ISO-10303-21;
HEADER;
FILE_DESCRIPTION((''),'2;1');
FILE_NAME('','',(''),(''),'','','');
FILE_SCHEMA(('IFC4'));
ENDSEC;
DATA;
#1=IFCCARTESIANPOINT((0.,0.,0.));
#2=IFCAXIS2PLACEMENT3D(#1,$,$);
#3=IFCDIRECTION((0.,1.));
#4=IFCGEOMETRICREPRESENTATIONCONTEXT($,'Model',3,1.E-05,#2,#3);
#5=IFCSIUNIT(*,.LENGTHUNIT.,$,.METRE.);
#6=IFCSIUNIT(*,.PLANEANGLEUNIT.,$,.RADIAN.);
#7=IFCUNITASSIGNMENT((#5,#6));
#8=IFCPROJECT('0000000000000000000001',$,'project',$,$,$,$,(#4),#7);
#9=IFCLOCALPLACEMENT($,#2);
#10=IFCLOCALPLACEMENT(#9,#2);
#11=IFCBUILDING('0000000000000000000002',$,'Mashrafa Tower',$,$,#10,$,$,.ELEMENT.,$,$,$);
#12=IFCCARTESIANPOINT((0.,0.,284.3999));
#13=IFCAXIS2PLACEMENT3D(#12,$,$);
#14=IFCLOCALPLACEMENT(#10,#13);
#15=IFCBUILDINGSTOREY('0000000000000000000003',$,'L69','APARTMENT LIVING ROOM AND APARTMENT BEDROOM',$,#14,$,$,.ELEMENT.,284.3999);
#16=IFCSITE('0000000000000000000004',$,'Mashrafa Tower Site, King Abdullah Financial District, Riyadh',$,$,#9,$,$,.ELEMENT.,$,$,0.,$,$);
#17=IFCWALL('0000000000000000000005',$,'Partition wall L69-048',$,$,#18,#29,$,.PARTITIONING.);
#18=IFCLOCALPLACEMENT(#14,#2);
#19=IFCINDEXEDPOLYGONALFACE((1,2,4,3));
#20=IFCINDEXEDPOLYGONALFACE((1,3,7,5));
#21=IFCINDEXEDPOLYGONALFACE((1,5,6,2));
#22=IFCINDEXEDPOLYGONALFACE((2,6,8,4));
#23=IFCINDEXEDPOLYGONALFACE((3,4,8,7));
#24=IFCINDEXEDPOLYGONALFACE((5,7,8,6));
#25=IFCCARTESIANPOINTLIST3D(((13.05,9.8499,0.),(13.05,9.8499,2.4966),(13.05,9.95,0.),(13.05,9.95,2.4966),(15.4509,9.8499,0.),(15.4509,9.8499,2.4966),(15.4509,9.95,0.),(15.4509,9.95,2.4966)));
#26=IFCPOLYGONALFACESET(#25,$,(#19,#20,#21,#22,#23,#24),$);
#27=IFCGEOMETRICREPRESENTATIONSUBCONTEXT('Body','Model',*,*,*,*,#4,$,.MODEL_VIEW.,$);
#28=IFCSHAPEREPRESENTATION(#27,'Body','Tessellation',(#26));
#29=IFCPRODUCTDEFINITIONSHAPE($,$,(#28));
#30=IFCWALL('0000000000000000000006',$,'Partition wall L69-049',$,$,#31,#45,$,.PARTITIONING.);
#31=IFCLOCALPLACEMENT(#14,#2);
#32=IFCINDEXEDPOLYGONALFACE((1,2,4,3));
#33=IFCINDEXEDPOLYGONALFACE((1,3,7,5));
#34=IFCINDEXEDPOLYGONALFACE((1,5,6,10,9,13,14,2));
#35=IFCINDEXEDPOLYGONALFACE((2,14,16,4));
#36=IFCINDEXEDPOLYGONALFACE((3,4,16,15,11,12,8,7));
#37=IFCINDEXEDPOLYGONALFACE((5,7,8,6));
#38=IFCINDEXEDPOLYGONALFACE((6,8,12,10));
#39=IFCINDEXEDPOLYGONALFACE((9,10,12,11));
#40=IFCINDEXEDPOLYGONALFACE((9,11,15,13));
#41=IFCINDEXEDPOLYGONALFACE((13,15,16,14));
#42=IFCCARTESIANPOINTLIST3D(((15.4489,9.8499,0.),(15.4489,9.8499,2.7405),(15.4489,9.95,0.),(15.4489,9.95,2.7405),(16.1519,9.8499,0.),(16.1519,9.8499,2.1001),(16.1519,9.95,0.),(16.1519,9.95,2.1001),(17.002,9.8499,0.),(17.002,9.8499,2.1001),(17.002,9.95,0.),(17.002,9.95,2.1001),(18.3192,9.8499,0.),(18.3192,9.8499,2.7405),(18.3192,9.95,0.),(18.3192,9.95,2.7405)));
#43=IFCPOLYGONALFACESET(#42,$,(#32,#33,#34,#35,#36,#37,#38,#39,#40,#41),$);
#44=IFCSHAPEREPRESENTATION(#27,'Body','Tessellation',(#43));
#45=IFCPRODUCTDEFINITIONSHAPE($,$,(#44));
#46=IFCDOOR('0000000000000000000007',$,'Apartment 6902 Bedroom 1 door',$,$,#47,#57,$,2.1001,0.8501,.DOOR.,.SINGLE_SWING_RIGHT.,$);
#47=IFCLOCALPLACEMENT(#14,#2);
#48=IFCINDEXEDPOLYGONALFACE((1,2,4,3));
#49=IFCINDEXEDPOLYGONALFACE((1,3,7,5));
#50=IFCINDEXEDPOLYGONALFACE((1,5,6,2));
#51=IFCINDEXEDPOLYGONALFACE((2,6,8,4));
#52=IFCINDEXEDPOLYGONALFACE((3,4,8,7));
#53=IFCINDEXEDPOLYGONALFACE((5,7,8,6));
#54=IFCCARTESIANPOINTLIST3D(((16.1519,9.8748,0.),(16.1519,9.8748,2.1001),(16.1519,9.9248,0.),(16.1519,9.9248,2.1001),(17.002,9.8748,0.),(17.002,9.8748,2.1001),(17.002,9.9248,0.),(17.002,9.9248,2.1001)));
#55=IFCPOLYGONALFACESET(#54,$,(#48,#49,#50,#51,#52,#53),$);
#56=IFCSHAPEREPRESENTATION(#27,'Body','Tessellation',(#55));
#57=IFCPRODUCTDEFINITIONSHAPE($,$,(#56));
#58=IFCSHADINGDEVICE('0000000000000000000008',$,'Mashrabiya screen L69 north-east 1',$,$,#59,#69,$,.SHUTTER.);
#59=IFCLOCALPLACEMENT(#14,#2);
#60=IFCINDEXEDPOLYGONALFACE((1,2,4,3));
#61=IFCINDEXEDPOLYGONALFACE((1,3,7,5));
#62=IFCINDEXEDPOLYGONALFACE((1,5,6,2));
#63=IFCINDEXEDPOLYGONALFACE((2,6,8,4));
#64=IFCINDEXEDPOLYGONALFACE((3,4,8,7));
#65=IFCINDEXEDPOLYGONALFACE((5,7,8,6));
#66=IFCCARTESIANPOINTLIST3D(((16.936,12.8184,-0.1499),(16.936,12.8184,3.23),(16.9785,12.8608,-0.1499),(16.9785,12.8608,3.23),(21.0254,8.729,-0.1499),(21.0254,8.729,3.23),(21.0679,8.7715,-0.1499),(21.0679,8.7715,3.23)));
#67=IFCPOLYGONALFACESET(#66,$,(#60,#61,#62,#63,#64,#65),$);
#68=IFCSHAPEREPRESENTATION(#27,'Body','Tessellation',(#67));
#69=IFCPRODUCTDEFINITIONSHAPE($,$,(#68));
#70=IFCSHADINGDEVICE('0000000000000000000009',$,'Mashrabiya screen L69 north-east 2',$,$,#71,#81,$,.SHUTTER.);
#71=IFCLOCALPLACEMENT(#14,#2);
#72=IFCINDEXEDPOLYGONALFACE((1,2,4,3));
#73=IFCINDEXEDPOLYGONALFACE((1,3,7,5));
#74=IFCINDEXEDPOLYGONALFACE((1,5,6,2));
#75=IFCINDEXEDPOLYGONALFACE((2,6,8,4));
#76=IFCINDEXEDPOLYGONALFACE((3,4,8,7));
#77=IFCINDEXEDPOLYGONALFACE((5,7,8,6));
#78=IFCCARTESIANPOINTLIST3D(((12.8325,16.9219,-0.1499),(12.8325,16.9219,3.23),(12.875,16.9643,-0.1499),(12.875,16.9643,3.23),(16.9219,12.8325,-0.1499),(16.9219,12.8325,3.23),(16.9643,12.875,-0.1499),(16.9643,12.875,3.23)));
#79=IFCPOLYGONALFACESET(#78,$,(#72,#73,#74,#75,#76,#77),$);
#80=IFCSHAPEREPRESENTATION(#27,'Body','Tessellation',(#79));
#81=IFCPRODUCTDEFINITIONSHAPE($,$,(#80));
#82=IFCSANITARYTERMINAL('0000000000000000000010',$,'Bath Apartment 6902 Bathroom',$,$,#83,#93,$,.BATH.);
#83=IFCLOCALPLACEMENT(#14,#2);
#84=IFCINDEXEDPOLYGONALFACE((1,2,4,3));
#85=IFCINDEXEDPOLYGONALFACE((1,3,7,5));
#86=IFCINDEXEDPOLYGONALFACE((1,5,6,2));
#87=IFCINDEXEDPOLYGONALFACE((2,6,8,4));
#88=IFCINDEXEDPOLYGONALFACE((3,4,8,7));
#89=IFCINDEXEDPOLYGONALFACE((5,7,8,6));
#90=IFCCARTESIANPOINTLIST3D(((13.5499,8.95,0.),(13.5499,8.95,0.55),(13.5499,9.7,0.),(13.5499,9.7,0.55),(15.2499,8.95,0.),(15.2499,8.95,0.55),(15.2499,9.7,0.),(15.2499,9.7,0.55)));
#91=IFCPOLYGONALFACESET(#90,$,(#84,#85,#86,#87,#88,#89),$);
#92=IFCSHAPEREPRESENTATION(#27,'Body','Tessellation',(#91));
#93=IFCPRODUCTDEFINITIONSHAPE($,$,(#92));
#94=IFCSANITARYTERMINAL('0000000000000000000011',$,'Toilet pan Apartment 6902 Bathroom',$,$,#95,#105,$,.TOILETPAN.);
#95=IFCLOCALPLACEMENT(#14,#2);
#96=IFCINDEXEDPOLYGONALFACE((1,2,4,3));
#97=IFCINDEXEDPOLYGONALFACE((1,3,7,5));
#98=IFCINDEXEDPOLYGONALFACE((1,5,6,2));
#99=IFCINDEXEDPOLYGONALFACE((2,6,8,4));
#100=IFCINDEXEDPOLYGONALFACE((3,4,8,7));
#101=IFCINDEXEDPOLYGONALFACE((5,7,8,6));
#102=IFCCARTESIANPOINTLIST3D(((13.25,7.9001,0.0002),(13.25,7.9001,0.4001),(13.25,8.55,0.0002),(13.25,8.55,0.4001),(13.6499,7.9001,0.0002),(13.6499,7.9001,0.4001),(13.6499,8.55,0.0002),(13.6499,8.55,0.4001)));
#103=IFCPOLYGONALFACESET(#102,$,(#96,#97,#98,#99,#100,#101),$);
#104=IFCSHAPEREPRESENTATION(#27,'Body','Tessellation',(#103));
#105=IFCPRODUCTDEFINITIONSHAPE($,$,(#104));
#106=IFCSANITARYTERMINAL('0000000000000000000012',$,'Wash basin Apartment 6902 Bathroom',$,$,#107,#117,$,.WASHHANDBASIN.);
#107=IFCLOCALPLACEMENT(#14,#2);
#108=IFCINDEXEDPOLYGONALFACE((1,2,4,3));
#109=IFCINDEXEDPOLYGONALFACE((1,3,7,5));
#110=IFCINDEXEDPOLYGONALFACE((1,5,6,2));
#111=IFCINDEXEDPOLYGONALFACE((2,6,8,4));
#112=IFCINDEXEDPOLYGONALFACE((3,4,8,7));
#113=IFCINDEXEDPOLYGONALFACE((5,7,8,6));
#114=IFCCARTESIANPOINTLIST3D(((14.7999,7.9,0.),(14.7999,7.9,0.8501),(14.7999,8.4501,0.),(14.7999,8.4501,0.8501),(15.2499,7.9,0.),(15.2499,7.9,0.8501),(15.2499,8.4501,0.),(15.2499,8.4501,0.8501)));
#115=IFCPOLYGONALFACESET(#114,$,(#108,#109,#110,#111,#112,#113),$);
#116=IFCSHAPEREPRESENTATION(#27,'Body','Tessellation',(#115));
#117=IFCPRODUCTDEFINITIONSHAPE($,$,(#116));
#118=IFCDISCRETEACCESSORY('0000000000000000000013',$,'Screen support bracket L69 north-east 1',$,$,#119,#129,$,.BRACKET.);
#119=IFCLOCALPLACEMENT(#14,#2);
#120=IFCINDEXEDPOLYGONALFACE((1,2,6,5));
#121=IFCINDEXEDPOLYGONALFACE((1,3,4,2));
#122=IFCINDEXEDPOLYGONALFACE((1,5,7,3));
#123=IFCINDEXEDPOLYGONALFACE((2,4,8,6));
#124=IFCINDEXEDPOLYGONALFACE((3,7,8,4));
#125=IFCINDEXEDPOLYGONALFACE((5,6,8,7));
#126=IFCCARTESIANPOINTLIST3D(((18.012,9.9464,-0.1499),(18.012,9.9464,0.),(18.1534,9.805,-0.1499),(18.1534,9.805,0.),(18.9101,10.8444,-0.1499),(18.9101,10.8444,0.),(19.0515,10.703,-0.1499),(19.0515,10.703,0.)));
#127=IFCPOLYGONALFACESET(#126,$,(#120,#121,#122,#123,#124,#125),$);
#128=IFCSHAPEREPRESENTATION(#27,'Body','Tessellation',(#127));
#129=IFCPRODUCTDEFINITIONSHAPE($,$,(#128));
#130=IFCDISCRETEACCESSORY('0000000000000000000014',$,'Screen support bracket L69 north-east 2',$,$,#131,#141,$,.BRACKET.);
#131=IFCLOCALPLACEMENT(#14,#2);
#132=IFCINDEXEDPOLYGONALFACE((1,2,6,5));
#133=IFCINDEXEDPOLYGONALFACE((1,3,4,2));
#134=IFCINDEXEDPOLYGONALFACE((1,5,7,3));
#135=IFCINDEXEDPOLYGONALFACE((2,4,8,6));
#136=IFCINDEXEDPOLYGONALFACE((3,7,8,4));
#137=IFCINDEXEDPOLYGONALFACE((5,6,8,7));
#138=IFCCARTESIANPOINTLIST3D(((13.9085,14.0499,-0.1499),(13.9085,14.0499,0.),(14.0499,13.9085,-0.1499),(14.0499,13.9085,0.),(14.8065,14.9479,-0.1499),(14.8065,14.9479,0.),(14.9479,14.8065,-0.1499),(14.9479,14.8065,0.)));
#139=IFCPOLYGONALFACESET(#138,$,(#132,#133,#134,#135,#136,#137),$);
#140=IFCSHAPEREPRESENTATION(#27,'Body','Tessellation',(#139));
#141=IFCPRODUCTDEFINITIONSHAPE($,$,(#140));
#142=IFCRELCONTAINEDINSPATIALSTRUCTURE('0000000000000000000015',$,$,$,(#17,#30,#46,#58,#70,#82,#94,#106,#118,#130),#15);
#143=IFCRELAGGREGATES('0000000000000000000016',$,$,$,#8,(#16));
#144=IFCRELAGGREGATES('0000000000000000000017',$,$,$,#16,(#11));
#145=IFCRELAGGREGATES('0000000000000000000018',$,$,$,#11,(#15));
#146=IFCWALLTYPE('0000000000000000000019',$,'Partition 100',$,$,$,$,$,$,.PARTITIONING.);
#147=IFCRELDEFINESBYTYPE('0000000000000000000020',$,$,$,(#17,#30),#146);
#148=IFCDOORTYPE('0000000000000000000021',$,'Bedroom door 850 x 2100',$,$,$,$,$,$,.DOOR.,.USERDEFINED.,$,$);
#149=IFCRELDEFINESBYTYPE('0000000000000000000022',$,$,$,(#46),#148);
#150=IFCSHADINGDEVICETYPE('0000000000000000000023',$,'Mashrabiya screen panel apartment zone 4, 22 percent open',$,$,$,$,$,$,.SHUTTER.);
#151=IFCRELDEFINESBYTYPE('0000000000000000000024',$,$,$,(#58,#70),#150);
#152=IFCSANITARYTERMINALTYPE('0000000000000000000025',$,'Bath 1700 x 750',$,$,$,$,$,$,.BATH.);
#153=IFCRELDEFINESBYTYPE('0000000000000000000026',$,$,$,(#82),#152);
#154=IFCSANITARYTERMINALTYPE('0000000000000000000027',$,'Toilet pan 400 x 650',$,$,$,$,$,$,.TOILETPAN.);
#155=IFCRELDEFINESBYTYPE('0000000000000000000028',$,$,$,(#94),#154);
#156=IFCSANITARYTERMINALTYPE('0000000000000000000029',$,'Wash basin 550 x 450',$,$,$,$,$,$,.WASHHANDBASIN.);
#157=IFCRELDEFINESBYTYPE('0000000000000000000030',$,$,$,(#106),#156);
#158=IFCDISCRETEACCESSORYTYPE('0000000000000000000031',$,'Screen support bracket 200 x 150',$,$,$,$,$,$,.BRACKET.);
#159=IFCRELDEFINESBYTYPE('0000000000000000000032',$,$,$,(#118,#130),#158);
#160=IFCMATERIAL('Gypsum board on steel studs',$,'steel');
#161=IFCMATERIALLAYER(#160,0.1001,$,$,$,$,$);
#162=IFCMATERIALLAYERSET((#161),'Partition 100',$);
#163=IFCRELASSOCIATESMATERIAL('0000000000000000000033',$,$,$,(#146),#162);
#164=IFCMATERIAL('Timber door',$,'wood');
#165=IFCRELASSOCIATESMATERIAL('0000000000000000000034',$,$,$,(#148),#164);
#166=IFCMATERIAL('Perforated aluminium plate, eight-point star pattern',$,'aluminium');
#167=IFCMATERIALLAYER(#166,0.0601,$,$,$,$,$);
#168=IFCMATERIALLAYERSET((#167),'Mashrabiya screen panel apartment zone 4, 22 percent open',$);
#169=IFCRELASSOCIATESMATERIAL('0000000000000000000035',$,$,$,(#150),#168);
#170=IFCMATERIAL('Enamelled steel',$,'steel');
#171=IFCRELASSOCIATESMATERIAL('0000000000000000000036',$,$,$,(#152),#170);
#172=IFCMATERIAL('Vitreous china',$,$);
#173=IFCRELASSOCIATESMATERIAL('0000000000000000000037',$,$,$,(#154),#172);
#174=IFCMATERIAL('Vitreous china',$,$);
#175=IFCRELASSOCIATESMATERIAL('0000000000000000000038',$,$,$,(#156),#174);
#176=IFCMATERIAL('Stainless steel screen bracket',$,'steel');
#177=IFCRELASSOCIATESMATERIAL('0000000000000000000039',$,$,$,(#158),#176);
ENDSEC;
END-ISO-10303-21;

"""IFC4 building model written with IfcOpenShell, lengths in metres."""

from ifc_helpers import new_model, si_unit, direction, frame, frame_2d, origin, origin_2d, place, context, subcontext, project, spatial, rectangle, extrude, source, transform, mapped, material, layer, layer_set, type_object, type_shapes, element, fill, save


model = new_model("IFC4")

# Units and contexts
model_context = context("Model", 3, precision=1e-05, world=origin(), true_north=direction((0.0, 1.0)))
body_context = subcontext(model_context, "Body", "Model", "MODEL_VIEW")
ifc_project = project(units=[si_unit("LENGTHUNIT", "METRE"), si_unit("PLANEANGLEUNIT", "RADIAN")], contexts=[model_context])

# Site, building, storey
site_placement = place(None, origin())
site = spatial("IfcSite", under=ifc_project, at=site_placement, Name="Mashrafa Tower Site, King Abdullah Financial District, Riyadh", CompositionType="ELEMENT", RefElevation=0.0)
building_placement = place(site_placement, origin())
building = spatial("IfcBuilding", under=site, at=building_placement, Name="Mashrafa Tower", CompositionType="ELEMENT")
storey_placement = place(building_placement, frame((0.0, 0.0, 284.3999)))
storey = spatial("IfcBuildingStorey", under=building, at=storey_placement, Name="L69", Description="APARTMENT LIVING ROOM AND APARTMENT BEDROOM", CompositionType="ELEMENT", Elevation=284.3999)

# Wall
ifc_material_1 = material(Name="Gypsum board on steel studs", Category="steel")
ifc_layer_1 = layer(ifc_material_1, 0.1001)
ifc_layer_set_1 = layer_set([ifc_layer_1], Name="Partition 100")
wall_type_1 = type_object("IfcWallType", Name="Partition 100", PredefinedType="PARTITIONING", material=ifc_layer_set_1)
wall_1_placement = place(storey_placement, frame((13.05, 9.8999, 0.0), z_axis=(0.0, 0.0, 1.0), x_axis=(1.0, 0.0, 0.0)))
element("IfcWall", 1, at=wall_1_placement, inside=storey, type_object=wall_type_1, Name="Partition wall L69-048", PredefinedType="PARTITIONING", context=body_context, shape_type="SweptSolid", body=[
    extrude(rectangle(XDim=2.4009, YDim=0.1001, at=frame_2d((1.2004, 0.0))), origin(), (0.0, 0.0, 1.0), 2.4966),
])

# Wall, opening, door
wall_2_placement = place(storey_placement, frame((15.449, 9.8999, 0.0), z_axis=(0.0, 0.0, 1.0), x_axis=(1.0, 0.0, 0.0)))
wall_2 = element("IfcWall", 2, at=wall_2_placement, inside=storey, type_object=wall_type_1, Name="Partition wall L69-049", PredefinedType="PARTITIONING", context=body_context, shape_type="SweptSolid", body=[
    extrude(rectangle(XDim=2.8704, YDim=0.1001, at=frame_2d((1.4351, 0.0))), origin(), (0.0, 0.0, 1.0), 2.7405),
])
opening_placement = place(wall_2_placement, frame((0.7029, 0.0, 0.0)))
opening = element("IfcOpeningElement", 3, at=opening_placement, cuts=wall_2, PredefinedType="OPENING", context=body_context, shape_type="SweptSolid", body=[
    extrude(rectangle(XDim=0.8501, YDim=2.1001, at=frame_2d((0.425, 1.05))), frame((0.0, 0.0601, 0.0), z_axis=(0.0, -1.0, 0.0), x_axis=(1.0, 0.0, 0.0)), (0.0, 0.0, 1.0), 0.1201),
])
ifc_material_2 = material(Name="Timber door", Category="wood")
door_type = type_object("IfcDoorType", Name="Bedroom door 850 x 2100", OperationType="USERDEFINED", PredefinedType="DOOR", material=ifc_material_2)
door_placement = place(opening_placement, origin())
door = element("IfcDoor", 4, at=door_placement, inside=storey, type_object=door_type, Name="Apartment 6902 Bedroom 1 door", OperationType="SINGLE_SWING_RIGHT", OverallHeight=2.1001, OverallWidth=0.8501, PredefinedType="DOOR", context=body_context, shape_type="SweptSolid", body=[
    extrude(rectangle(XDim=0.8501, YDim=2.1001, at=frame_2d((0.425, 1.05))), frame((0.0, 0.0249, 0.0), z_axis=(0.0, -1.0, 0.0), x_axis=(1.0, 0.0, 0.0)), (0.0, 0.0, 1.0), 0.05),
])
fill(opening, door)

# Shading devices
ifc_material_3 = material(Name="Perforated aluminium plate, eight-point star pattern", Category="aluminium")
ifc_layer_2 = layer(ifc_material_3, 0.0601)
ifc_layer_set_2 = layer_set([ifc_layer_2], Name="Mashrabiya screen panel apartment zone 4, 22 percent open")
shading_device_type = type_object("IfcShadingDeviceType", Name="Mashrabiya screen panel apartment zone 4, 22 percent open", PredefinedType="SHUTTER", material=ifc_layer_set_2)
shared_shape_1 = source(origin(), body_context, "Body", "SweptSolid", [
    extrude(rectangle(XDim=5.7832, YDim=0.0601, at=origin_2d()), origin(), (0.0, 0.0, 1.0), 3.3799),
])
type_shapes(shading_device_type, [shared_shape_1])
for number, where, z_axis, x_axis, name in (
    (5, (19.002, 10.7949, -0.1499), (0.0, 0.0, 1.0), (-0.707107, 0.707107, 0.0), "Mashrabiya screen L69 north-east 1"),
    (6, (14.8984, 14.8984, -0.1499), (0.0, 0.0, 1.0), (-0.707107, 0.707107, 0.0), "Mashrabiya screen L69 north-east 2"),
):
    element("IfcShadingDevice", number, at=place(storey_placement, frame(where, z_axis=z_axis, x_axis=x_axis)), inside=storey, type_object=shading_device_type, Name=name, PredefinedType="SHUTTER", context=body_context, shape_type="MappedRepresentation", body=[
        mapped(shared_shape_1, transform((0.0, 0.0, 0.0))),
    ])

# Sanitary terminals
ifc_material_4 = material(Name="Enamelled steel", Category="steel")
sanitary_terminal_type_1 = type_object("IfcSanitaryTerminalType", Name="Bath 1700 x 750", PredefinedType="BATH", material=ifc_material_4)
sanitary_terminal_1_placement = place(storey_placement, frame((14.3999, 9.325, 0.0), z_axis=(0.0, 0.0, 1.0), x_axis=(-1.0, 0.0, 0.0)))
element("IfcSanitaryTerminal", 7, at=sanitary_terminal_1_placement, inside=storey, type_object=sanitary_terminal_type_1, Name="Bath Apartment 6902 Bathroom", PredefinedType="BATH", context=body_context, shape_type="SweptSolid", body=[
    extrude(rectangle(XDim=1.7, YDim=0.75, at=origin_2d()), origin(), (0.0, 0.0, 1.0), 0.55),
])
ifc_material_5 = material(Name="Vitreous china")
sanitary_terminal_type_2 = type_object("IfcSanitaryTerminalType", Name="Toilet pan 400 x 650", PredefinedType="TOILETPAN", material=ifc_material_5)
sanitary_terminal_2_placement = place(storey_placement, frame((13.45, 8.2251, 0.0002), z_axis=(0.0, 0.0, 1.0), x_axis=(1.0, 0.0, 0.0)))
element("IfcSanitaryTerminal", 8, at=sanitary_terminal_2_placement, inside=storey, type_object=sanitary_terminal_type_2, Name="Toilet pan Apartment 6902 Bathroom", PredefinedType="TOILETPAN", context=body_context, shape_type="SweptSolid", body=[
    extrude(rectangle(XDim=0.3999, YDim=0.6499, at=origin_2d()), origin(), (0.0, 0.0, 1.0), 0.3999),
])
ifc_material_6 = material(Name="Vitreous china")
sanitary_terminal_type_3 = type_object("IfcSanitaryTerminalType", Name="Wash basin 550 x 450", PredefinedType="WASHHANDBASIN", material=ifc_material_6)
sanitary_terminal_3_placement = place(storey_placement, frame((15.0249, 8.175, 0.0), z_axis=(0.0, 0.0, 1.0), x_axis=(0.0, 1.0, 0.0)))
element("IfcSanitaryTerminal", 9, at=sanitary_terminal_3_placement, inside=storey, type_object=sanitary_terminal_type_3, Name="Wash basin Apartment 6902 Bathroom", PredefinedType="WASHHANDBASIN", context=body_context, shape_type="SweptSolid", body=[
    extrude(rectangle(XDim=0.55, YDim=0.45, at=origin_2d()), origin(), (0.0, 0.0, 1.0), 0.8501),
])

# Discrete accessories
ifc_material_7 = material(Name="Stainless steel screen bracket", Category="steel")
discrete_accessory_type = type_object("IfcDiscreteAccessoryType", Name="Screen support bracket 200 x 150", PredefinedType="BRACKET", material=ifc_material_7)
shared_shape_2 = source(origin(), body_context, "Body", "SweptSolid", [
    extrude(rectangle(XDim=0.2, YDim=1.27, at=origin_2d()), origin(), (0.0, 0.0, 1.0), 0.1499),
])
type_shapes(discrete_accessory_type, [shared_shape_2])
for number, where, z_axis, x_axis, name in (
    (10, (18.5317, 10.3247, -0.1499), (0.0, 0.0, 1.0), (-0.707107, 0.707107, 0.0), "Screen support bracket L69 north-east 1"),
    (11, (14.4282, 14.4282, -0.1499), (0.0, 0.0, 1.0), (-0.707107, 0.707107, 0.0), "Screen support bracket L69 north-east 2"),
):
    element("IfcDiscreteAccessory", number, at=place(storey_placement, frame(where, z_axis=z_axis, x_axis=x_axis)), inside=storey, type_object=discrete_accessory_type, Name=name, PredefinedType="BRACKET", context=body_context, shape_type="MappedRepresentation", body=[
        mapped(shared_shape_2, transform((0.0, 0.0, 0.0))),
    ])

save(model, "model.ifc")
